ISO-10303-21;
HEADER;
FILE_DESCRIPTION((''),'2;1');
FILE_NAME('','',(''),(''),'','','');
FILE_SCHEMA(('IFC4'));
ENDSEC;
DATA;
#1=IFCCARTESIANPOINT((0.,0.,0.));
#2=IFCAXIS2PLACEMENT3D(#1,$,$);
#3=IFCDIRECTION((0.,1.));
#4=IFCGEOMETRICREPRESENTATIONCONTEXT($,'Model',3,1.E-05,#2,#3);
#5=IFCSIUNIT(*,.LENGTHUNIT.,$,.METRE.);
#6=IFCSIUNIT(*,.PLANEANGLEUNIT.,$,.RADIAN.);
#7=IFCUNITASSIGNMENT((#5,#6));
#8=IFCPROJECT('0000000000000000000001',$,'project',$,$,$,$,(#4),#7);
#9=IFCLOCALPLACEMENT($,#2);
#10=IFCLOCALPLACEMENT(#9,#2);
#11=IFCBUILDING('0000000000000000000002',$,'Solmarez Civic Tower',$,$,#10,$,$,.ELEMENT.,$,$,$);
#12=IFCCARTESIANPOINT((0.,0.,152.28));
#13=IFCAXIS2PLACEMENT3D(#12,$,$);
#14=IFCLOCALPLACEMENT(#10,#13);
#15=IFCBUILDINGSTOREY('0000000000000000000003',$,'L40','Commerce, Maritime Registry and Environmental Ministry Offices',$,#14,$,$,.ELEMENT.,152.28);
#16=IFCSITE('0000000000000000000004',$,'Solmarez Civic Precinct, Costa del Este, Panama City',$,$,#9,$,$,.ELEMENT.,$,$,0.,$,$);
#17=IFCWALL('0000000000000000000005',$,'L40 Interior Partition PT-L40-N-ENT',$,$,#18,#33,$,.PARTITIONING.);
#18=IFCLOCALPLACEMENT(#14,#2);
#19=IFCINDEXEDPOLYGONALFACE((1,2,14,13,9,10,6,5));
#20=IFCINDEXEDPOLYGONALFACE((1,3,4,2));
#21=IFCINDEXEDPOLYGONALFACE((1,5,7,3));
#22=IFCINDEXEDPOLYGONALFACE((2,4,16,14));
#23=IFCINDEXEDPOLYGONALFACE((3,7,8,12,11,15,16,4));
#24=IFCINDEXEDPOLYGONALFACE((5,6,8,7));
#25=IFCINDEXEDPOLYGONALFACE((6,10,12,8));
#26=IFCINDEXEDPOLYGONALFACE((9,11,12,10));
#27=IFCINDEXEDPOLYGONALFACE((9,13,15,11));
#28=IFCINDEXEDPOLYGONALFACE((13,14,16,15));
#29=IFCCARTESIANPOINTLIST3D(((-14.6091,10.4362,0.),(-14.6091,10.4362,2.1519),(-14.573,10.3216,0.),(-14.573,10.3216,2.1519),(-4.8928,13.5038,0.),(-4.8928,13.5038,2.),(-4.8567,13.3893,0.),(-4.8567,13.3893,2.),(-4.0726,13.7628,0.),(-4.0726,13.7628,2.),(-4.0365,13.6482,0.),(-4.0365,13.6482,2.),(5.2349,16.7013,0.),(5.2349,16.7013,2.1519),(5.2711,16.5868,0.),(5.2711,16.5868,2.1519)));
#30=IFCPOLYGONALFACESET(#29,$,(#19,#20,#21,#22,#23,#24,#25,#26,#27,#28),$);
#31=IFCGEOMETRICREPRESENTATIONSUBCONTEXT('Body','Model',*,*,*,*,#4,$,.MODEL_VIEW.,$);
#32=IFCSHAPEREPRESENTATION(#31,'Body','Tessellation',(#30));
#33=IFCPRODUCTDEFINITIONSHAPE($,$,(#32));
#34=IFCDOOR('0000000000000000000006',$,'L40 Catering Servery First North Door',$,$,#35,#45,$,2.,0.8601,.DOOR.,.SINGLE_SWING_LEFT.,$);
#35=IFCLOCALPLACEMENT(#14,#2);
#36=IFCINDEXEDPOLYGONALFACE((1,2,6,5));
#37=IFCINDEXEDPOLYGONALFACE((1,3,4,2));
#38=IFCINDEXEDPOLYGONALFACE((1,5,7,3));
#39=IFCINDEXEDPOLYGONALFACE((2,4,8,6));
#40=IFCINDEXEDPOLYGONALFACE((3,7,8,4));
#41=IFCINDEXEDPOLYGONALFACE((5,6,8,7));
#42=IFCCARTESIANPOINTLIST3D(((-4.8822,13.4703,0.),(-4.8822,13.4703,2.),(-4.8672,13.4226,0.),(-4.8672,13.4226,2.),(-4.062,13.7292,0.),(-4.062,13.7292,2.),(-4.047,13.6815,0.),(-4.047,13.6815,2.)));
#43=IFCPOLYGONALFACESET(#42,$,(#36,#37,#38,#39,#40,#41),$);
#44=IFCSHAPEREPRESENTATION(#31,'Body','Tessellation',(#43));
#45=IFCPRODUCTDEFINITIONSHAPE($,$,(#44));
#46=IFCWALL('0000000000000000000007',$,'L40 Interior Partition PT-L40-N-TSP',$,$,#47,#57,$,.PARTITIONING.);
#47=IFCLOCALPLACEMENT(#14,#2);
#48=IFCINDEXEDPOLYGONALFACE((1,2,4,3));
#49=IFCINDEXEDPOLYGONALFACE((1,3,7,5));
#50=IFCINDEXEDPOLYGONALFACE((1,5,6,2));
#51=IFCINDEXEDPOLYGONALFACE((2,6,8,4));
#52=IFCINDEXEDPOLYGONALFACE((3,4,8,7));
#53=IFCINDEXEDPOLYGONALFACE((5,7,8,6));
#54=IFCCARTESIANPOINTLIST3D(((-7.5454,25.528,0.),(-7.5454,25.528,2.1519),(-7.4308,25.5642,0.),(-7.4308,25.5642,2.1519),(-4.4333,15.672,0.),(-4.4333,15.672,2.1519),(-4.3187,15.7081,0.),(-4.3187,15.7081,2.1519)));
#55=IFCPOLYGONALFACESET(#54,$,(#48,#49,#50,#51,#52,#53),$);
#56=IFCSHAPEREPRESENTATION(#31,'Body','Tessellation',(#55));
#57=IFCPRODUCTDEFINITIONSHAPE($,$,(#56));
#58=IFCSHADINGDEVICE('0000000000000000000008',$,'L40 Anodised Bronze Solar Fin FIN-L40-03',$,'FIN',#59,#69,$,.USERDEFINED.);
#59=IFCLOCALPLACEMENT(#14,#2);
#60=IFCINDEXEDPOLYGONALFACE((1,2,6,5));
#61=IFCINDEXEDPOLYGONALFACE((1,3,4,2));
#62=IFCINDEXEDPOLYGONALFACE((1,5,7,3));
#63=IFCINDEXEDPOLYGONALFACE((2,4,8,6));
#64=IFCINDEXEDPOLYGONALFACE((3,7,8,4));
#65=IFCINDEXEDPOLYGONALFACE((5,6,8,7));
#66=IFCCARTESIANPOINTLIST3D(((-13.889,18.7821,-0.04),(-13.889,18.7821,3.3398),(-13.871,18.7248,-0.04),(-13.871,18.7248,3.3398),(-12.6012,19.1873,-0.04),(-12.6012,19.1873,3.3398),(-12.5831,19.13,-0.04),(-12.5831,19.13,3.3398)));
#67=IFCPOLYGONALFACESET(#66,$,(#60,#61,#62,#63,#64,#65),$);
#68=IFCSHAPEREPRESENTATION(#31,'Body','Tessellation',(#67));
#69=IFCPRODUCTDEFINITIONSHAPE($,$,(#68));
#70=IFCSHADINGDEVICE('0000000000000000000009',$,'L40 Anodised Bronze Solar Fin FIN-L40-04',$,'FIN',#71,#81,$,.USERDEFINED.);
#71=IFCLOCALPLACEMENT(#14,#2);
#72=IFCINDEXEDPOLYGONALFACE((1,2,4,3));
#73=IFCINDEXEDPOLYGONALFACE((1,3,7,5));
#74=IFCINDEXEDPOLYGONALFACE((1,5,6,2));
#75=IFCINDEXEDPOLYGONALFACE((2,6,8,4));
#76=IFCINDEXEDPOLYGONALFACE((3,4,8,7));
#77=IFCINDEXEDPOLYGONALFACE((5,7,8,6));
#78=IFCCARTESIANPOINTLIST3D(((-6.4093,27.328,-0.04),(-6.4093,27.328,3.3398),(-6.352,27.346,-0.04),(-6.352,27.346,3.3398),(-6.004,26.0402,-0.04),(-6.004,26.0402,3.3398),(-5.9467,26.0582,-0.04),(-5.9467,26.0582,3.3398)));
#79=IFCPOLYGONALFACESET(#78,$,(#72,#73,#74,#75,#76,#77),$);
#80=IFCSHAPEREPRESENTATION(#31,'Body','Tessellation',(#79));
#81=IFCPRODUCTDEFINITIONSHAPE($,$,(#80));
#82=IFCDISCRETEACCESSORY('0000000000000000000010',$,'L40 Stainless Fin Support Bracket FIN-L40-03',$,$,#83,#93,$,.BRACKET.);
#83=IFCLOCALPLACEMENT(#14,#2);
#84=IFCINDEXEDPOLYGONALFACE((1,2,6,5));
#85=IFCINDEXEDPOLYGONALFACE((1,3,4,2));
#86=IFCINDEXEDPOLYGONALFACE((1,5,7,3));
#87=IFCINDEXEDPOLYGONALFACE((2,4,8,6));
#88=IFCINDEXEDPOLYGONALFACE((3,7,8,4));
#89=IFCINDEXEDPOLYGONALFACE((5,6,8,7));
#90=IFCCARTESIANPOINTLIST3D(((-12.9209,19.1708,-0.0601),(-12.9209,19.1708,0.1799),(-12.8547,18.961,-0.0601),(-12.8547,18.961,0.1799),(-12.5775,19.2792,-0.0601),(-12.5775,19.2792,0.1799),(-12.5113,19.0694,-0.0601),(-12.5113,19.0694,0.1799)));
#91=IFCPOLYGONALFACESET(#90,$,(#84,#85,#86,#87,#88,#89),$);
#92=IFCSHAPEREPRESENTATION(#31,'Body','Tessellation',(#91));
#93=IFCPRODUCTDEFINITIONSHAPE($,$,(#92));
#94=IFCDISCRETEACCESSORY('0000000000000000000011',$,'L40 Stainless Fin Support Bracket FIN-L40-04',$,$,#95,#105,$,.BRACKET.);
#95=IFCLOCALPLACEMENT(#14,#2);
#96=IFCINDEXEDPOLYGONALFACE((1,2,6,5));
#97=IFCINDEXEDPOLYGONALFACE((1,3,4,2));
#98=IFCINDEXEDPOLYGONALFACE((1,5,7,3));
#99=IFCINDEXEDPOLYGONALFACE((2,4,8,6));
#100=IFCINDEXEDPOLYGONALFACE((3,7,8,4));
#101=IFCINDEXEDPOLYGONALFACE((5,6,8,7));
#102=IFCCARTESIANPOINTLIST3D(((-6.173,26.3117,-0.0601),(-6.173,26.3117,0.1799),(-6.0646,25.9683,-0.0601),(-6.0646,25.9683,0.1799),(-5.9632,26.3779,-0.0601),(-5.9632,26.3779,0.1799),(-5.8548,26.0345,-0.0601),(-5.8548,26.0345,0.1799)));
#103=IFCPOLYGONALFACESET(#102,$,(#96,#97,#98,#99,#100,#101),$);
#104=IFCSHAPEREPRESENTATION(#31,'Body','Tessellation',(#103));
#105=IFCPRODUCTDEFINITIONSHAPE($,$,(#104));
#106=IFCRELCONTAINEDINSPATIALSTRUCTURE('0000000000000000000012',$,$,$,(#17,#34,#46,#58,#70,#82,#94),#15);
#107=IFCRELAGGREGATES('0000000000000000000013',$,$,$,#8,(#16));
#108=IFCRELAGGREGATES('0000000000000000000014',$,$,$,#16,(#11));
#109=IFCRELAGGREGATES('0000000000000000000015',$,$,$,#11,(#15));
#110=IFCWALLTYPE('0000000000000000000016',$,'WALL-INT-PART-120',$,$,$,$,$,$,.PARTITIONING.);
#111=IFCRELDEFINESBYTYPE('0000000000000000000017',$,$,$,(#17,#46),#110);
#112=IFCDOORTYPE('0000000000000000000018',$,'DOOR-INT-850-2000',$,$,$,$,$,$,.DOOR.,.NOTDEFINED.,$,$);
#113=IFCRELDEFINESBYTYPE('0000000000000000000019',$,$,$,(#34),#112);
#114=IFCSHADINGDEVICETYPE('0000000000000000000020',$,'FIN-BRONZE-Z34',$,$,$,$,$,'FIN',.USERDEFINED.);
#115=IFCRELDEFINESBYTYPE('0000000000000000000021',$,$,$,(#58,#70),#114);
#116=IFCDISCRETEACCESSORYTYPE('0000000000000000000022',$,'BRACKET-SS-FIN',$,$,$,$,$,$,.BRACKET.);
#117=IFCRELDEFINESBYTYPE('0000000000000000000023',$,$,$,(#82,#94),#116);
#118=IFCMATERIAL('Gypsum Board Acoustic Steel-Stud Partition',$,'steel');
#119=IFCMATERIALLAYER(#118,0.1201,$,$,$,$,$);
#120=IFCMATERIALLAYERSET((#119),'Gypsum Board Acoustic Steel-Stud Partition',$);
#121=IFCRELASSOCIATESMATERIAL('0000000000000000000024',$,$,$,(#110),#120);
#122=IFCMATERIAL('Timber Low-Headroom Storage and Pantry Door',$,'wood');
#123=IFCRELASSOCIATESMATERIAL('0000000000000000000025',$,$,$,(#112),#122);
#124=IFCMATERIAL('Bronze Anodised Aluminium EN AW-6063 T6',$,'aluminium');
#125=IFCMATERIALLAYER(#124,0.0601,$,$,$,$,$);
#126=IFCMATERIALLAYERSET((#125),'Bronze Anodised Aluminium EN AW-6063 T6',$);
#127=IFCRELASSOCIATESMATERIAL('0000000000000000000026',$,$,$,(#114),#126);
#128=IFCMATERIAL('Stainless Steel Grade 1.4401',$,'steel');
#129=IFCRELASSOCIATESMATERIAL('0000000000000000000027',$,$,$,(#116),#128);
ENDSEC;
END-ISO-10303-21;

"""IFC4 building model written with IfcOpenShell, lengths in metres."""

from ifc_helpers import new_model, si_unit, direction, frame, frame_2d, origin, origin_2d, place, context, subcontext, project, spatial, rectangle, extrude, material, layer, layer_set, type_object, element, fill, save


model = new_model("IFC4")

# Units and contexts
model_context = context("Model", 3, precision=1e-05, world=origin(), true_north=direction((0.0, 1.0)))
body_context = subcontext(model_context, "Body", "Model", "MODEL_VIEW")
ifc_project = project(units=[si_unit("LENGTHUNIT", "METRE"), si_unit("PLANEANGLEUNIT", "RADIAN")], contexts=[model_context])

# Site, building, storey
site_placement = place(None, origin())
site = spatial("IfcSite", under=ifc_project, at=site_placement, Name="Solmarez Civic Precinct, Costa del Este, Panama City", CompositionType="ELEMENT", RefElevation=0.0)
building_placement = place(site_placement, origin())
building = spatial("IfcBuilding", under=site, at=building_placement, Name="Solmarez Civic Tower", CompositionType="ELEMENT")
storey_placement = place(building_placement, frame((0.0, 0.0, 152.28)))
storey = spatial("IfcBuildingStorey", under=building, at=storey_placement, Name="L40", Description="Commerce, Maritime Registry and Environmental Ministry Offices", CompositionType="ELEMENT", Elevation=152.28)

# Wall, opening, door
ifc_material_1 = material(Name="Gypsum Board Acoustic Steel-Stud Partition", Category="steel")
ifc_layer_1 = layer(ifc_material_1, 0.1201)
ifc_layer_set_1 = layer_set([ifc_layer_1], Name="Gypsum Board Acoustic Steel-Stud Partition")
wall_type_1 = type_object("IfcWallType", Name="WALL-INT-PART-120", PredefinedType="PARTITIONING", material=ifc_layer_set_1)
wall_1_placement = place(storey_placement, frame((-14.5911, 10.3789, 0.0), z_axis=(0.0, 0.0, 1.0), x_axis=(0.953602, 0.301071, 0.0)))
wall_1 = element("IfcWall", 1, at=wall_1_placement, inside=storey, type_object=wall_type_1, Name="L40 Interior Partition PT-L40-N-ENT", PredefinedType="PARTITIONING", context=body_context, shape_type="SweptSolid", body=[
    extrude(rectangle(XDim=20.8096, YDim=0.1201, at=frame_2d((10.4048, 0.0))), origin(), (0.0, 0.0, 1.0), 2.1519),
])
opening_1_placement = place(wall_1_placement, frame((10.189, 0.0, 0.0)))
opening_1 = element("IfcOpeningElement", 2, at=opening_1_placement, cuts=wall_1, PredefinedType="OPENING", context=body_context, shape_type="SweptSolid", body=[
    extrude(rectangle(XDim=0.8601, YDim=2.0, at=frame_2d((0.4302, 1.0))), frame((0.0, 0.0701, 0.0), z_axis=(0.0, -1.0, 0.0), x_axis=(1.0, 0.0, 0.0)), (0.0, 0.0, 1.0), 0.1401),
])
ifc_material_2 = material(Name="Timber Low-Headroom Storage and Pantry Door", Category="wood")
door_type = type_object("IfcDoorType", Name="DOOR-INT-850-2000", OperationType="NOTDEFINED", PredefinedType="DOOR", material=ifc_material_2)
door_placement = place(opening_1_placement, origin())
door = element("IfcDoor", 3, at=door_placement, inside=storey, type_object=door_type, Name="L40 Catering Servery First North Door", OperationType="SINGLE_SWING_LEFT", OverallHeight=2.0, OverallWidth=0.8601, PredefinedType="DOOR", context=body_context, shape_type="SweptSolid", body=[
    extrude(rectangle(XDim=0.8601, YDim=2.0, at=frame_2d((0.4302, 1.0))), frame((0.0, 0.0249, 0.0), z_axis=(0.0, -1.0, 0.0), x_axis=(1.0, 0.0, 0.0)), (0.0, 0.0, 1.0), 0.05),
])
fill(opening_1, door)

# Wall
wall_2_placement = place(storey_placement, frame((-4.376, 15.6899, 0.0), z_axis=(0.0, 0.0, 1.0), x_axis=(-0.301101, 0.953592, 0.0)))
element("IfcWall", 4, at=wall_2_placement, inside=storey, type_object=wall_type_1, Name="L40 Interior Partition PT-L40-N-TSP", PredefinedType="PARTITIONING", context=body_context, shape_type="SweptSolid", body=[
    extrude(rectangle(XDim=10.3357, YDim=0.1201, at=frame_2d((5.168, 0.0))), origin(), (0.0, 0.0, 1.0), 2.1519),
])

# Shading devices
ifc_material_3 = material(Name="Bronze Anodised Aluminium EN AW-6063 T6", Category="aluminium")
ifc_layer_2 = layer(ifc_material_3, 0.0601)
ifc_layer_set_2 = layer_set([ifc_layer_2], Name="Bronze Anodised Aluminium EN AW-6063 T6")
shading_device_type = type_object("IfcShadingDeviceType", Name="FIN-BRONZE-Z34", ElementType="FIN", PredefinedType="USERDEFINED", material=ifc_layer_set_2)
for number, where, z_axis, x_axis, name in (
    (5, (-13.2361, 18.9561, -0.04), (0.0, 0.0, 1.0), (-0.95389, -0.300156, 0.0), "L40 Anodised Bronze Solar Fin FIN-L40-03"),
    (6, (-6.178, 26.6931, -0.04), (0.0, 0.0, 1.0), (-0.300173, 0.953885, 0.0), "L40 Anodised Bronze Solar Fin FIN-L40-04"),
):
    element("IfcShadingDevice", number, at=place(storey_placement, frame(where, z_axis=z_axis, x_axis=x_axis)), inside=storey, type_object=shading_device_type, Name=name, ObjectType="FIN", PredefinedType="USERDEFINED", context=body_context, shape_type="SweptSolid", body=[
        extrude(rectangle(XDim=1.3501, YDim=0.0601, at=origin_2d()), origin(), (0.0, 0.0, 1.0), 3.3799),
    ])

# Discrete accessories
ifc_material_4 = material(Name="Stainless Steel Grade 1.4401", Category="steel")
discrete_accessory_type = type_object("IfcDiscreteAccessoryType", Name="BRACKET-SS-FIN", PredefinedType="BRACKET", material=ifc_material_4)
for number, where, z_axis, x_axis, name in (
    (7, (-12.7161, 19.1201, -0.0601), (0.0, 0.0, 1.0), (-0.953615, -0.301029, 0.0), "L40 Stainless Fin Support Bracket FIN-L40-03"),
    (8, (-6.0139, 26.1731, -0.0601), (0.0, 0.0, 1.0), (-0.301043, 0.95361, 0.0), "L40 Stainless Fin Support Bracket FIN-L40-04"),
):
    element("IfcDiscreteAccessory", number, at=place(storey_placement, frame(where, z_axis=z_axis, x_axis=x_axis)), inside=storey, type_object=discrete_accessory_type, Name=name, PredefinedType="BRACKET", context=body_context, shape_type="SweptSolid", body=[
        extrude(rectangle(XDim=0.3601, YDim=0.22, at=origin_2d()), origin(), (0.0, 0.0, 1.0), 0.24),
    ])

save(model, "model.ifc")
